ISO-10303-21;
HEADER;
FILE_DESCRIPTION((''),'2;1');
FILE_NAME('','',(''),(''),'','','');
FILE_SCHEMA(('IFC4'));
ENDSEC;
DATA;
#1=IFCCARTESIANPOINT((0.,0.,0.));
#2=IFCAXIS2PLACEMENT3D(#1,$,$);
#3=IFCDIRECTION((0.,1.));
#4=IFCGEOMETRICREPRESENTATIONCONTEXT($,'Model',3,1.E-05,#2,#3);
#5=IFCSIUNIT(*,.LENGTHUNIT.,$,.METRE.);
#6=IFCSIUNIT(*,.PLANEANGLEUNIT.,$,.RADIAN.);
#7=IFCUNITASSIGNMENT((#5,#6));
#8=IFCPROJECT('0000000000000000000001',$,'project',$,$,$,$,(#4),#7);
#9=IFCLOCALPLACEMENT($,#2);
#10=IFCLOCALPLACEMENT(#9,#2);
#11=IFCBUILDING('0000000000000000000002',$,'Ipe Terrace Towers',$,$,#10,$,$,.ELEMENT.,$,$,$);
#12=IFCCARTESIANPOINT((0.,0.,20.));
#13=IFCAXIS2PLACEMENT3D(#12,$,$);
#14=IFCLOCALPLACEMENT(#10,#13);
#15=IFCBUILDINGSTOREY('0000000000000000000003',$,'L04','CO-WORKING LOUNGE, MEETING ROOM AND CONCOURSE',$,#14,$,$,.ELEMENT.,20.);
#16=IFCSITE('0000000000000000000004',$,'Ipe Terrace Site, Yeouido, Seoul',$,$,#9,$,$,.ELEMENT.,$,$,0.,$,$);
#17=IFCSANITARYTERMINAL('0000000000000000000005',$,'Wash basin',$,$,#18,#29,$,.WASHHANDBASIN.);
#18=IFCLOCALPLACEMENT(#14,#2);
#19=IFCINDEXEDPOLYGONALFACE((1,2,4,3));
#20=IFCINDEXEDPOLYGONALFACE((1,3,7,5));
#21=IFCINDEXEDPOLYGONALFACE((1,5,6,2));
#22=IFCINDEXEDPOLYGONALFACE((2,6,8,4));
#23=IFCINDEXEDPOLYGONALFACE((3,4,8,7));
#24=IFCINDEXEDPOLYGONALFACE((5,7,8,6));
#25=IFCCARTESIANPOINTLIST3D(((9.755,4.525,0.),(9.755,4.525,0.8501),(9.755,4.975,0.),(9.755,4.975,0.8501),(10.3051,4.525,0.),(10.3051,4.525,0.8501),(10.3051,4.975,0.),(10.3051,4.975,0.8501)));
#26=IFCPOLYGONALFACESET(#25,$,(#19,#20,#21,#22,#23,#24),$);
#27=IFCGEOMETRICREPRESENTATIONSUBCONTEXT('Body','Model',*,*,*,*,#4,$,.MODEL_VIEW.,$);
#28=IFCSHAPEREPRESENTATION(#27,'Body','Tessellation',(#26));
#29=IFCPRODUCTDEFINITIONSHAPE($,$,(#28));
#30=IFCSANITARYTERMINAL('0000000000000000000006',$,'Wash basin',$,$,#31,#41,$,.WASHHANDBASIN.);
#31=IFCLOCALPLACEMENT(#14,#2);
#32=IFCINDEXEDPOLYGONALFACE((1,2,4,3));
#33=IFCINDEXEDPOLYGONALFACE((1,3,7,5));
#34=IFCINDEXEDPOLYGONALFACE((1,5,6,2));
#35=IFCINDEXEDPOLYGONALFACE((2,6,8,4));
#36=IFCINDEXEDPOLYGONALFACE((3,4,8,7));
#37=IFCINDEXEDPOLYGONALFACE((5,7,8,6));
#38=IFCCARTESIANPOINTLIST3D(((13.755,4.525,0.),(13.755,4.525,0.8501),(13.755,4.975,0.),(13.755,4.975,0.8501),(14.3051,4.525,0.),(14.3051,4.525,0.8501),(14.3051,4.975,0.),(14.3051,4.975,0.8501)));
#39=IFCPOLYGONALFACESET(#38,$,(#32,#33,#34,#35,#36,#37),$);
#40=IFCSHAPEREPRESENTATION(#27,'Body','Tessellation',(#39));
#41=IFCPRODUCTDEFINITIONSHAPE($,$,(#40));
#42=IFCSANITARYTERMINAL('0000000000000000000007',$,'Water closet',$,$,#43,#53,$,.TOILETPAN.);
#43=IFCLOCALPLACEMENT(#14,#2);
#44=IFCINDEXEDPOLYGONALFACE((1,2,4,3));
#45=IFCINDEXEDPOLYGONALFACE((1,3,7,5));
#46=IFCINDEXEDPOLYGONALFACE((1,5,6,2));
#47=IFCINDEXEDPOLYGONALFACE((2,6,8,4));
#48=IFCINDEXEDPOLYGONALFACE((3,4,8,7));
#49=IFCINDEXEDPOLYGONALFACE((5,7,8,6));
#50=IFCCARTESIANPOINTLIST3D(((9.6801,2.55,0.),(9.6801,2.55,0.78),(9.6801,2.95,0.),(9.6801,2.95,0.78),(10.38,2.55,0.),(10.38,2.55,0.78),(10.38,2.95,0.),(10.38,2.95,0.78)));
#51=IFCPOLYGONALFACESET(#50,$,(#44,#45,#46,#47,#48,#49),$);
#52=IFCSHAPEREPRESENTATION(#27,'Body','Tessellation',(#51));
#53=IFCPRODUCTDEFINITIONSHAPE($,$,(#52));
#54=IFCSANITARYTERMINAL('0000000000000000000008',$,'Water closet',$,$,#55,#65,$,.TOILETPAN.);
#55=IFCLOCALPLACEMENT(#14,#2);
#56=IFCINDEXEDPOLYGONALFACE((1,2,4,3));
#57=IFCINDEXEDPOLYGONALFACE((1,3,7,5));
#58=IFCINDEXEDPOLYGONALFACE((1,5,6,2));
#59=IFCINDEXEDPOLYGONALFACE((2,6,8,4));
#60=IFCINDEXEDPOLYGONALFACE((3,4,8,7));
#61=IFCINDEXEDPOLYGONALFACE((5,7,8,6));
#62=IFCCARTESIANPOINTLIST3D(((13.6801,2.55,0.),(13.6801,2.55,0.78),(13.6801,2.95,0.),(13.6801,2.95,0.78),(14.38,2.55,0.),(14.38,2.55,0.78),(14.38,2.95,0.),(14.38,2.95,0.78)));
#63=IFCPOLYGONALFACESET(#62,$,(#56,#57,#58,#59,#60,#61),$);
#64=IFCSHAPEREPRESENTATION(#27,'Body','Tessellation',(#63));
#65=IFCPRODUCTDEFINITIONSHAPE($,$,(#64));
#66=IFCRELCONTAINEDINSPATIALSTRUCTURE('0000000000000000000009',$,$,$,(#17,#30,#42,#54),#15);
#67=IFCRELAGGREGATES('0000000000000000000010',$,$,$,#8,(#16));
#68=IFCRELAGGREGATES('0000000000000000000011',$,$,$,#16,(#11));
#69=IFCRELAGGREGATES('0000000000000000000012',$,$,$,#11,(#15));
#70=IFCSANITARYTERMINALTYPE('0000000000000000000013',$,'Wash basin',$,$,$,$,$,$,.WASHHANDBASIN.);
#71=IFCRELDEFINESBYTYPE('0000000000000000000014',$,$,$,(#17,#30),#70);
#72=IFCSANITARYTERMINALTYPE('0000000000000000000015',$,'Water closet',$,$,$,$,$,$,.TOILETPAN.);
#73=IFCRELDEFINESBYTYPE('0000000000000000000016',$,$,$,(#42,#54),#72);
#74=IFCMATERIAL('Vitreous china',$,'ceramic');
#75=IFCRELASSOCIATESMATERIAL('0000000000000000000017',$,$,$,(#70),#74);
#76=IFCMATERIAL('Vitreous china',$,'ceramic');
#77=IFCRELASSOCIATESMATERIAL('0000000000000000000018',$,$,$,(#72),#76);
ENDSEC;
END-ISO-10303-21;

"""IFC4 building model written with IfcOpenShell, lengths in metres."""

from ifc_helpers import new_model, si_unit, direction, frame, origin, origin_2d, place, context, subcontext, project, spatial, rectangle, extrude, material, type_object, element, save


model = new_model("IFC4")

# Units and contexts
model_context = context("Model", 3, precision=1e-05, world=origin(), true_north=direction((0.0, 1.0)))
body_context = subcontext(model_context, "Body", "Model", "MODEL_VIEW")
ifc_project = project(units=[si_unit("LENGTHUNIT", "METRE"), si_unit("PLANEANGLEUNIT", "RADIAN")], contexts=[model_context])

# Site, building, storey
site_placement = place(None, origin())
site = spatial("IfcSite", under=ifc_project, at=site_placement, Name="Ipe Terrace Site, Yeouido, Seoul", CompositionType="ELEMENT", RefElevation=0.0)
building_placement = place(site_placement, origin())
building = spatial("IfcBuilding", under=site, at=building_placement, Name="Ipe Terrace Towers", CompositionType="ELEMENT")
storey_placement = place(building_placement, frame((0.0, 0.0, 20.0)))
storey = spatial("IfcBuildingStorey", under=building, at=storey_placement, Name="L04", Description="CO-WORKING LOUNGE, MEETING ROOM AND CONCOURSE", CompositionType="ELEMENT", Elevation=20.0)

# Sanitary terminals
ifc_material_1 = material(Name="Vitreous china", Category="ceramic")
sanitary_terminal_type_1 = type_object("IfcSanitaryTerminalType", Name="Wash basin", PredefinedType="WASHHANDBASIN", material=ifc_material_1)
for number, where, z_axis, x_axis, name in (
    (1, (10.03, 4.75, 0.0), (0.0, 0.0, 1.0), (1.0, 0.0, 0.0), "Wash basin"),
    (2, (14.03, 4.75, 0.0), (0.0, 0.0, 1.0), (1.0, 0.0, 0.0), "Wash basin"),
):
    element("IfcSanitaryTerminal", number, at=place(storey_placement, frame(where, z_axis=z_axis, x_axis=x_axis)), inside=storey, type_object=sanitary_terminal_type_1, Name=name, PredefinedType="WASHHANDBASIN", context=body_context, shape_type="SweptSolid", body=[
        extrude(rectangle(XDim=0.55, YDim=0.45, at=origin_2d()), origin(), (0.0, 0.0, 1.0), 0.8501),
    ])
ifc_material_2 = material(Name="Vitreous china", Category="ceramic")
sanitary_terminal_type_2 = type_object("IfcSanitaryTerminalType", Name="Water closet", PredefinedType="TOILETPAN", material=ifc_material_2)
for number, where, z_axis, x_axis, name in (
    (3, (10.03, 2.75, 0.0), (0.0, 0.0, 1.0), (1.0, 0.0, 0.0), "Water closet"),
    (4, (14.03, 2.75, 0.0), (0.0, 0.0, 1.0), (1.0, 0.0, 0.0), "Water closet"),
):
    element("IfcSanitaryTerminal", number, at=place(storey_placement, frame(where, z_axis=z_axis, x_axis=x_axis)), inside=storey, type_object=sanitary_terminal_type_2, Name=name, PredefinedType="TOILETPAN", context=body_context, shape_type="SweptSolid", body=[
        extrude(rectangle(XDim=0.7, YDim=0.3999, at=origin_2d()), origin(), (0.0, 0.0, 1.0), 0.78),
    ])

save(model, "model.ifc")
